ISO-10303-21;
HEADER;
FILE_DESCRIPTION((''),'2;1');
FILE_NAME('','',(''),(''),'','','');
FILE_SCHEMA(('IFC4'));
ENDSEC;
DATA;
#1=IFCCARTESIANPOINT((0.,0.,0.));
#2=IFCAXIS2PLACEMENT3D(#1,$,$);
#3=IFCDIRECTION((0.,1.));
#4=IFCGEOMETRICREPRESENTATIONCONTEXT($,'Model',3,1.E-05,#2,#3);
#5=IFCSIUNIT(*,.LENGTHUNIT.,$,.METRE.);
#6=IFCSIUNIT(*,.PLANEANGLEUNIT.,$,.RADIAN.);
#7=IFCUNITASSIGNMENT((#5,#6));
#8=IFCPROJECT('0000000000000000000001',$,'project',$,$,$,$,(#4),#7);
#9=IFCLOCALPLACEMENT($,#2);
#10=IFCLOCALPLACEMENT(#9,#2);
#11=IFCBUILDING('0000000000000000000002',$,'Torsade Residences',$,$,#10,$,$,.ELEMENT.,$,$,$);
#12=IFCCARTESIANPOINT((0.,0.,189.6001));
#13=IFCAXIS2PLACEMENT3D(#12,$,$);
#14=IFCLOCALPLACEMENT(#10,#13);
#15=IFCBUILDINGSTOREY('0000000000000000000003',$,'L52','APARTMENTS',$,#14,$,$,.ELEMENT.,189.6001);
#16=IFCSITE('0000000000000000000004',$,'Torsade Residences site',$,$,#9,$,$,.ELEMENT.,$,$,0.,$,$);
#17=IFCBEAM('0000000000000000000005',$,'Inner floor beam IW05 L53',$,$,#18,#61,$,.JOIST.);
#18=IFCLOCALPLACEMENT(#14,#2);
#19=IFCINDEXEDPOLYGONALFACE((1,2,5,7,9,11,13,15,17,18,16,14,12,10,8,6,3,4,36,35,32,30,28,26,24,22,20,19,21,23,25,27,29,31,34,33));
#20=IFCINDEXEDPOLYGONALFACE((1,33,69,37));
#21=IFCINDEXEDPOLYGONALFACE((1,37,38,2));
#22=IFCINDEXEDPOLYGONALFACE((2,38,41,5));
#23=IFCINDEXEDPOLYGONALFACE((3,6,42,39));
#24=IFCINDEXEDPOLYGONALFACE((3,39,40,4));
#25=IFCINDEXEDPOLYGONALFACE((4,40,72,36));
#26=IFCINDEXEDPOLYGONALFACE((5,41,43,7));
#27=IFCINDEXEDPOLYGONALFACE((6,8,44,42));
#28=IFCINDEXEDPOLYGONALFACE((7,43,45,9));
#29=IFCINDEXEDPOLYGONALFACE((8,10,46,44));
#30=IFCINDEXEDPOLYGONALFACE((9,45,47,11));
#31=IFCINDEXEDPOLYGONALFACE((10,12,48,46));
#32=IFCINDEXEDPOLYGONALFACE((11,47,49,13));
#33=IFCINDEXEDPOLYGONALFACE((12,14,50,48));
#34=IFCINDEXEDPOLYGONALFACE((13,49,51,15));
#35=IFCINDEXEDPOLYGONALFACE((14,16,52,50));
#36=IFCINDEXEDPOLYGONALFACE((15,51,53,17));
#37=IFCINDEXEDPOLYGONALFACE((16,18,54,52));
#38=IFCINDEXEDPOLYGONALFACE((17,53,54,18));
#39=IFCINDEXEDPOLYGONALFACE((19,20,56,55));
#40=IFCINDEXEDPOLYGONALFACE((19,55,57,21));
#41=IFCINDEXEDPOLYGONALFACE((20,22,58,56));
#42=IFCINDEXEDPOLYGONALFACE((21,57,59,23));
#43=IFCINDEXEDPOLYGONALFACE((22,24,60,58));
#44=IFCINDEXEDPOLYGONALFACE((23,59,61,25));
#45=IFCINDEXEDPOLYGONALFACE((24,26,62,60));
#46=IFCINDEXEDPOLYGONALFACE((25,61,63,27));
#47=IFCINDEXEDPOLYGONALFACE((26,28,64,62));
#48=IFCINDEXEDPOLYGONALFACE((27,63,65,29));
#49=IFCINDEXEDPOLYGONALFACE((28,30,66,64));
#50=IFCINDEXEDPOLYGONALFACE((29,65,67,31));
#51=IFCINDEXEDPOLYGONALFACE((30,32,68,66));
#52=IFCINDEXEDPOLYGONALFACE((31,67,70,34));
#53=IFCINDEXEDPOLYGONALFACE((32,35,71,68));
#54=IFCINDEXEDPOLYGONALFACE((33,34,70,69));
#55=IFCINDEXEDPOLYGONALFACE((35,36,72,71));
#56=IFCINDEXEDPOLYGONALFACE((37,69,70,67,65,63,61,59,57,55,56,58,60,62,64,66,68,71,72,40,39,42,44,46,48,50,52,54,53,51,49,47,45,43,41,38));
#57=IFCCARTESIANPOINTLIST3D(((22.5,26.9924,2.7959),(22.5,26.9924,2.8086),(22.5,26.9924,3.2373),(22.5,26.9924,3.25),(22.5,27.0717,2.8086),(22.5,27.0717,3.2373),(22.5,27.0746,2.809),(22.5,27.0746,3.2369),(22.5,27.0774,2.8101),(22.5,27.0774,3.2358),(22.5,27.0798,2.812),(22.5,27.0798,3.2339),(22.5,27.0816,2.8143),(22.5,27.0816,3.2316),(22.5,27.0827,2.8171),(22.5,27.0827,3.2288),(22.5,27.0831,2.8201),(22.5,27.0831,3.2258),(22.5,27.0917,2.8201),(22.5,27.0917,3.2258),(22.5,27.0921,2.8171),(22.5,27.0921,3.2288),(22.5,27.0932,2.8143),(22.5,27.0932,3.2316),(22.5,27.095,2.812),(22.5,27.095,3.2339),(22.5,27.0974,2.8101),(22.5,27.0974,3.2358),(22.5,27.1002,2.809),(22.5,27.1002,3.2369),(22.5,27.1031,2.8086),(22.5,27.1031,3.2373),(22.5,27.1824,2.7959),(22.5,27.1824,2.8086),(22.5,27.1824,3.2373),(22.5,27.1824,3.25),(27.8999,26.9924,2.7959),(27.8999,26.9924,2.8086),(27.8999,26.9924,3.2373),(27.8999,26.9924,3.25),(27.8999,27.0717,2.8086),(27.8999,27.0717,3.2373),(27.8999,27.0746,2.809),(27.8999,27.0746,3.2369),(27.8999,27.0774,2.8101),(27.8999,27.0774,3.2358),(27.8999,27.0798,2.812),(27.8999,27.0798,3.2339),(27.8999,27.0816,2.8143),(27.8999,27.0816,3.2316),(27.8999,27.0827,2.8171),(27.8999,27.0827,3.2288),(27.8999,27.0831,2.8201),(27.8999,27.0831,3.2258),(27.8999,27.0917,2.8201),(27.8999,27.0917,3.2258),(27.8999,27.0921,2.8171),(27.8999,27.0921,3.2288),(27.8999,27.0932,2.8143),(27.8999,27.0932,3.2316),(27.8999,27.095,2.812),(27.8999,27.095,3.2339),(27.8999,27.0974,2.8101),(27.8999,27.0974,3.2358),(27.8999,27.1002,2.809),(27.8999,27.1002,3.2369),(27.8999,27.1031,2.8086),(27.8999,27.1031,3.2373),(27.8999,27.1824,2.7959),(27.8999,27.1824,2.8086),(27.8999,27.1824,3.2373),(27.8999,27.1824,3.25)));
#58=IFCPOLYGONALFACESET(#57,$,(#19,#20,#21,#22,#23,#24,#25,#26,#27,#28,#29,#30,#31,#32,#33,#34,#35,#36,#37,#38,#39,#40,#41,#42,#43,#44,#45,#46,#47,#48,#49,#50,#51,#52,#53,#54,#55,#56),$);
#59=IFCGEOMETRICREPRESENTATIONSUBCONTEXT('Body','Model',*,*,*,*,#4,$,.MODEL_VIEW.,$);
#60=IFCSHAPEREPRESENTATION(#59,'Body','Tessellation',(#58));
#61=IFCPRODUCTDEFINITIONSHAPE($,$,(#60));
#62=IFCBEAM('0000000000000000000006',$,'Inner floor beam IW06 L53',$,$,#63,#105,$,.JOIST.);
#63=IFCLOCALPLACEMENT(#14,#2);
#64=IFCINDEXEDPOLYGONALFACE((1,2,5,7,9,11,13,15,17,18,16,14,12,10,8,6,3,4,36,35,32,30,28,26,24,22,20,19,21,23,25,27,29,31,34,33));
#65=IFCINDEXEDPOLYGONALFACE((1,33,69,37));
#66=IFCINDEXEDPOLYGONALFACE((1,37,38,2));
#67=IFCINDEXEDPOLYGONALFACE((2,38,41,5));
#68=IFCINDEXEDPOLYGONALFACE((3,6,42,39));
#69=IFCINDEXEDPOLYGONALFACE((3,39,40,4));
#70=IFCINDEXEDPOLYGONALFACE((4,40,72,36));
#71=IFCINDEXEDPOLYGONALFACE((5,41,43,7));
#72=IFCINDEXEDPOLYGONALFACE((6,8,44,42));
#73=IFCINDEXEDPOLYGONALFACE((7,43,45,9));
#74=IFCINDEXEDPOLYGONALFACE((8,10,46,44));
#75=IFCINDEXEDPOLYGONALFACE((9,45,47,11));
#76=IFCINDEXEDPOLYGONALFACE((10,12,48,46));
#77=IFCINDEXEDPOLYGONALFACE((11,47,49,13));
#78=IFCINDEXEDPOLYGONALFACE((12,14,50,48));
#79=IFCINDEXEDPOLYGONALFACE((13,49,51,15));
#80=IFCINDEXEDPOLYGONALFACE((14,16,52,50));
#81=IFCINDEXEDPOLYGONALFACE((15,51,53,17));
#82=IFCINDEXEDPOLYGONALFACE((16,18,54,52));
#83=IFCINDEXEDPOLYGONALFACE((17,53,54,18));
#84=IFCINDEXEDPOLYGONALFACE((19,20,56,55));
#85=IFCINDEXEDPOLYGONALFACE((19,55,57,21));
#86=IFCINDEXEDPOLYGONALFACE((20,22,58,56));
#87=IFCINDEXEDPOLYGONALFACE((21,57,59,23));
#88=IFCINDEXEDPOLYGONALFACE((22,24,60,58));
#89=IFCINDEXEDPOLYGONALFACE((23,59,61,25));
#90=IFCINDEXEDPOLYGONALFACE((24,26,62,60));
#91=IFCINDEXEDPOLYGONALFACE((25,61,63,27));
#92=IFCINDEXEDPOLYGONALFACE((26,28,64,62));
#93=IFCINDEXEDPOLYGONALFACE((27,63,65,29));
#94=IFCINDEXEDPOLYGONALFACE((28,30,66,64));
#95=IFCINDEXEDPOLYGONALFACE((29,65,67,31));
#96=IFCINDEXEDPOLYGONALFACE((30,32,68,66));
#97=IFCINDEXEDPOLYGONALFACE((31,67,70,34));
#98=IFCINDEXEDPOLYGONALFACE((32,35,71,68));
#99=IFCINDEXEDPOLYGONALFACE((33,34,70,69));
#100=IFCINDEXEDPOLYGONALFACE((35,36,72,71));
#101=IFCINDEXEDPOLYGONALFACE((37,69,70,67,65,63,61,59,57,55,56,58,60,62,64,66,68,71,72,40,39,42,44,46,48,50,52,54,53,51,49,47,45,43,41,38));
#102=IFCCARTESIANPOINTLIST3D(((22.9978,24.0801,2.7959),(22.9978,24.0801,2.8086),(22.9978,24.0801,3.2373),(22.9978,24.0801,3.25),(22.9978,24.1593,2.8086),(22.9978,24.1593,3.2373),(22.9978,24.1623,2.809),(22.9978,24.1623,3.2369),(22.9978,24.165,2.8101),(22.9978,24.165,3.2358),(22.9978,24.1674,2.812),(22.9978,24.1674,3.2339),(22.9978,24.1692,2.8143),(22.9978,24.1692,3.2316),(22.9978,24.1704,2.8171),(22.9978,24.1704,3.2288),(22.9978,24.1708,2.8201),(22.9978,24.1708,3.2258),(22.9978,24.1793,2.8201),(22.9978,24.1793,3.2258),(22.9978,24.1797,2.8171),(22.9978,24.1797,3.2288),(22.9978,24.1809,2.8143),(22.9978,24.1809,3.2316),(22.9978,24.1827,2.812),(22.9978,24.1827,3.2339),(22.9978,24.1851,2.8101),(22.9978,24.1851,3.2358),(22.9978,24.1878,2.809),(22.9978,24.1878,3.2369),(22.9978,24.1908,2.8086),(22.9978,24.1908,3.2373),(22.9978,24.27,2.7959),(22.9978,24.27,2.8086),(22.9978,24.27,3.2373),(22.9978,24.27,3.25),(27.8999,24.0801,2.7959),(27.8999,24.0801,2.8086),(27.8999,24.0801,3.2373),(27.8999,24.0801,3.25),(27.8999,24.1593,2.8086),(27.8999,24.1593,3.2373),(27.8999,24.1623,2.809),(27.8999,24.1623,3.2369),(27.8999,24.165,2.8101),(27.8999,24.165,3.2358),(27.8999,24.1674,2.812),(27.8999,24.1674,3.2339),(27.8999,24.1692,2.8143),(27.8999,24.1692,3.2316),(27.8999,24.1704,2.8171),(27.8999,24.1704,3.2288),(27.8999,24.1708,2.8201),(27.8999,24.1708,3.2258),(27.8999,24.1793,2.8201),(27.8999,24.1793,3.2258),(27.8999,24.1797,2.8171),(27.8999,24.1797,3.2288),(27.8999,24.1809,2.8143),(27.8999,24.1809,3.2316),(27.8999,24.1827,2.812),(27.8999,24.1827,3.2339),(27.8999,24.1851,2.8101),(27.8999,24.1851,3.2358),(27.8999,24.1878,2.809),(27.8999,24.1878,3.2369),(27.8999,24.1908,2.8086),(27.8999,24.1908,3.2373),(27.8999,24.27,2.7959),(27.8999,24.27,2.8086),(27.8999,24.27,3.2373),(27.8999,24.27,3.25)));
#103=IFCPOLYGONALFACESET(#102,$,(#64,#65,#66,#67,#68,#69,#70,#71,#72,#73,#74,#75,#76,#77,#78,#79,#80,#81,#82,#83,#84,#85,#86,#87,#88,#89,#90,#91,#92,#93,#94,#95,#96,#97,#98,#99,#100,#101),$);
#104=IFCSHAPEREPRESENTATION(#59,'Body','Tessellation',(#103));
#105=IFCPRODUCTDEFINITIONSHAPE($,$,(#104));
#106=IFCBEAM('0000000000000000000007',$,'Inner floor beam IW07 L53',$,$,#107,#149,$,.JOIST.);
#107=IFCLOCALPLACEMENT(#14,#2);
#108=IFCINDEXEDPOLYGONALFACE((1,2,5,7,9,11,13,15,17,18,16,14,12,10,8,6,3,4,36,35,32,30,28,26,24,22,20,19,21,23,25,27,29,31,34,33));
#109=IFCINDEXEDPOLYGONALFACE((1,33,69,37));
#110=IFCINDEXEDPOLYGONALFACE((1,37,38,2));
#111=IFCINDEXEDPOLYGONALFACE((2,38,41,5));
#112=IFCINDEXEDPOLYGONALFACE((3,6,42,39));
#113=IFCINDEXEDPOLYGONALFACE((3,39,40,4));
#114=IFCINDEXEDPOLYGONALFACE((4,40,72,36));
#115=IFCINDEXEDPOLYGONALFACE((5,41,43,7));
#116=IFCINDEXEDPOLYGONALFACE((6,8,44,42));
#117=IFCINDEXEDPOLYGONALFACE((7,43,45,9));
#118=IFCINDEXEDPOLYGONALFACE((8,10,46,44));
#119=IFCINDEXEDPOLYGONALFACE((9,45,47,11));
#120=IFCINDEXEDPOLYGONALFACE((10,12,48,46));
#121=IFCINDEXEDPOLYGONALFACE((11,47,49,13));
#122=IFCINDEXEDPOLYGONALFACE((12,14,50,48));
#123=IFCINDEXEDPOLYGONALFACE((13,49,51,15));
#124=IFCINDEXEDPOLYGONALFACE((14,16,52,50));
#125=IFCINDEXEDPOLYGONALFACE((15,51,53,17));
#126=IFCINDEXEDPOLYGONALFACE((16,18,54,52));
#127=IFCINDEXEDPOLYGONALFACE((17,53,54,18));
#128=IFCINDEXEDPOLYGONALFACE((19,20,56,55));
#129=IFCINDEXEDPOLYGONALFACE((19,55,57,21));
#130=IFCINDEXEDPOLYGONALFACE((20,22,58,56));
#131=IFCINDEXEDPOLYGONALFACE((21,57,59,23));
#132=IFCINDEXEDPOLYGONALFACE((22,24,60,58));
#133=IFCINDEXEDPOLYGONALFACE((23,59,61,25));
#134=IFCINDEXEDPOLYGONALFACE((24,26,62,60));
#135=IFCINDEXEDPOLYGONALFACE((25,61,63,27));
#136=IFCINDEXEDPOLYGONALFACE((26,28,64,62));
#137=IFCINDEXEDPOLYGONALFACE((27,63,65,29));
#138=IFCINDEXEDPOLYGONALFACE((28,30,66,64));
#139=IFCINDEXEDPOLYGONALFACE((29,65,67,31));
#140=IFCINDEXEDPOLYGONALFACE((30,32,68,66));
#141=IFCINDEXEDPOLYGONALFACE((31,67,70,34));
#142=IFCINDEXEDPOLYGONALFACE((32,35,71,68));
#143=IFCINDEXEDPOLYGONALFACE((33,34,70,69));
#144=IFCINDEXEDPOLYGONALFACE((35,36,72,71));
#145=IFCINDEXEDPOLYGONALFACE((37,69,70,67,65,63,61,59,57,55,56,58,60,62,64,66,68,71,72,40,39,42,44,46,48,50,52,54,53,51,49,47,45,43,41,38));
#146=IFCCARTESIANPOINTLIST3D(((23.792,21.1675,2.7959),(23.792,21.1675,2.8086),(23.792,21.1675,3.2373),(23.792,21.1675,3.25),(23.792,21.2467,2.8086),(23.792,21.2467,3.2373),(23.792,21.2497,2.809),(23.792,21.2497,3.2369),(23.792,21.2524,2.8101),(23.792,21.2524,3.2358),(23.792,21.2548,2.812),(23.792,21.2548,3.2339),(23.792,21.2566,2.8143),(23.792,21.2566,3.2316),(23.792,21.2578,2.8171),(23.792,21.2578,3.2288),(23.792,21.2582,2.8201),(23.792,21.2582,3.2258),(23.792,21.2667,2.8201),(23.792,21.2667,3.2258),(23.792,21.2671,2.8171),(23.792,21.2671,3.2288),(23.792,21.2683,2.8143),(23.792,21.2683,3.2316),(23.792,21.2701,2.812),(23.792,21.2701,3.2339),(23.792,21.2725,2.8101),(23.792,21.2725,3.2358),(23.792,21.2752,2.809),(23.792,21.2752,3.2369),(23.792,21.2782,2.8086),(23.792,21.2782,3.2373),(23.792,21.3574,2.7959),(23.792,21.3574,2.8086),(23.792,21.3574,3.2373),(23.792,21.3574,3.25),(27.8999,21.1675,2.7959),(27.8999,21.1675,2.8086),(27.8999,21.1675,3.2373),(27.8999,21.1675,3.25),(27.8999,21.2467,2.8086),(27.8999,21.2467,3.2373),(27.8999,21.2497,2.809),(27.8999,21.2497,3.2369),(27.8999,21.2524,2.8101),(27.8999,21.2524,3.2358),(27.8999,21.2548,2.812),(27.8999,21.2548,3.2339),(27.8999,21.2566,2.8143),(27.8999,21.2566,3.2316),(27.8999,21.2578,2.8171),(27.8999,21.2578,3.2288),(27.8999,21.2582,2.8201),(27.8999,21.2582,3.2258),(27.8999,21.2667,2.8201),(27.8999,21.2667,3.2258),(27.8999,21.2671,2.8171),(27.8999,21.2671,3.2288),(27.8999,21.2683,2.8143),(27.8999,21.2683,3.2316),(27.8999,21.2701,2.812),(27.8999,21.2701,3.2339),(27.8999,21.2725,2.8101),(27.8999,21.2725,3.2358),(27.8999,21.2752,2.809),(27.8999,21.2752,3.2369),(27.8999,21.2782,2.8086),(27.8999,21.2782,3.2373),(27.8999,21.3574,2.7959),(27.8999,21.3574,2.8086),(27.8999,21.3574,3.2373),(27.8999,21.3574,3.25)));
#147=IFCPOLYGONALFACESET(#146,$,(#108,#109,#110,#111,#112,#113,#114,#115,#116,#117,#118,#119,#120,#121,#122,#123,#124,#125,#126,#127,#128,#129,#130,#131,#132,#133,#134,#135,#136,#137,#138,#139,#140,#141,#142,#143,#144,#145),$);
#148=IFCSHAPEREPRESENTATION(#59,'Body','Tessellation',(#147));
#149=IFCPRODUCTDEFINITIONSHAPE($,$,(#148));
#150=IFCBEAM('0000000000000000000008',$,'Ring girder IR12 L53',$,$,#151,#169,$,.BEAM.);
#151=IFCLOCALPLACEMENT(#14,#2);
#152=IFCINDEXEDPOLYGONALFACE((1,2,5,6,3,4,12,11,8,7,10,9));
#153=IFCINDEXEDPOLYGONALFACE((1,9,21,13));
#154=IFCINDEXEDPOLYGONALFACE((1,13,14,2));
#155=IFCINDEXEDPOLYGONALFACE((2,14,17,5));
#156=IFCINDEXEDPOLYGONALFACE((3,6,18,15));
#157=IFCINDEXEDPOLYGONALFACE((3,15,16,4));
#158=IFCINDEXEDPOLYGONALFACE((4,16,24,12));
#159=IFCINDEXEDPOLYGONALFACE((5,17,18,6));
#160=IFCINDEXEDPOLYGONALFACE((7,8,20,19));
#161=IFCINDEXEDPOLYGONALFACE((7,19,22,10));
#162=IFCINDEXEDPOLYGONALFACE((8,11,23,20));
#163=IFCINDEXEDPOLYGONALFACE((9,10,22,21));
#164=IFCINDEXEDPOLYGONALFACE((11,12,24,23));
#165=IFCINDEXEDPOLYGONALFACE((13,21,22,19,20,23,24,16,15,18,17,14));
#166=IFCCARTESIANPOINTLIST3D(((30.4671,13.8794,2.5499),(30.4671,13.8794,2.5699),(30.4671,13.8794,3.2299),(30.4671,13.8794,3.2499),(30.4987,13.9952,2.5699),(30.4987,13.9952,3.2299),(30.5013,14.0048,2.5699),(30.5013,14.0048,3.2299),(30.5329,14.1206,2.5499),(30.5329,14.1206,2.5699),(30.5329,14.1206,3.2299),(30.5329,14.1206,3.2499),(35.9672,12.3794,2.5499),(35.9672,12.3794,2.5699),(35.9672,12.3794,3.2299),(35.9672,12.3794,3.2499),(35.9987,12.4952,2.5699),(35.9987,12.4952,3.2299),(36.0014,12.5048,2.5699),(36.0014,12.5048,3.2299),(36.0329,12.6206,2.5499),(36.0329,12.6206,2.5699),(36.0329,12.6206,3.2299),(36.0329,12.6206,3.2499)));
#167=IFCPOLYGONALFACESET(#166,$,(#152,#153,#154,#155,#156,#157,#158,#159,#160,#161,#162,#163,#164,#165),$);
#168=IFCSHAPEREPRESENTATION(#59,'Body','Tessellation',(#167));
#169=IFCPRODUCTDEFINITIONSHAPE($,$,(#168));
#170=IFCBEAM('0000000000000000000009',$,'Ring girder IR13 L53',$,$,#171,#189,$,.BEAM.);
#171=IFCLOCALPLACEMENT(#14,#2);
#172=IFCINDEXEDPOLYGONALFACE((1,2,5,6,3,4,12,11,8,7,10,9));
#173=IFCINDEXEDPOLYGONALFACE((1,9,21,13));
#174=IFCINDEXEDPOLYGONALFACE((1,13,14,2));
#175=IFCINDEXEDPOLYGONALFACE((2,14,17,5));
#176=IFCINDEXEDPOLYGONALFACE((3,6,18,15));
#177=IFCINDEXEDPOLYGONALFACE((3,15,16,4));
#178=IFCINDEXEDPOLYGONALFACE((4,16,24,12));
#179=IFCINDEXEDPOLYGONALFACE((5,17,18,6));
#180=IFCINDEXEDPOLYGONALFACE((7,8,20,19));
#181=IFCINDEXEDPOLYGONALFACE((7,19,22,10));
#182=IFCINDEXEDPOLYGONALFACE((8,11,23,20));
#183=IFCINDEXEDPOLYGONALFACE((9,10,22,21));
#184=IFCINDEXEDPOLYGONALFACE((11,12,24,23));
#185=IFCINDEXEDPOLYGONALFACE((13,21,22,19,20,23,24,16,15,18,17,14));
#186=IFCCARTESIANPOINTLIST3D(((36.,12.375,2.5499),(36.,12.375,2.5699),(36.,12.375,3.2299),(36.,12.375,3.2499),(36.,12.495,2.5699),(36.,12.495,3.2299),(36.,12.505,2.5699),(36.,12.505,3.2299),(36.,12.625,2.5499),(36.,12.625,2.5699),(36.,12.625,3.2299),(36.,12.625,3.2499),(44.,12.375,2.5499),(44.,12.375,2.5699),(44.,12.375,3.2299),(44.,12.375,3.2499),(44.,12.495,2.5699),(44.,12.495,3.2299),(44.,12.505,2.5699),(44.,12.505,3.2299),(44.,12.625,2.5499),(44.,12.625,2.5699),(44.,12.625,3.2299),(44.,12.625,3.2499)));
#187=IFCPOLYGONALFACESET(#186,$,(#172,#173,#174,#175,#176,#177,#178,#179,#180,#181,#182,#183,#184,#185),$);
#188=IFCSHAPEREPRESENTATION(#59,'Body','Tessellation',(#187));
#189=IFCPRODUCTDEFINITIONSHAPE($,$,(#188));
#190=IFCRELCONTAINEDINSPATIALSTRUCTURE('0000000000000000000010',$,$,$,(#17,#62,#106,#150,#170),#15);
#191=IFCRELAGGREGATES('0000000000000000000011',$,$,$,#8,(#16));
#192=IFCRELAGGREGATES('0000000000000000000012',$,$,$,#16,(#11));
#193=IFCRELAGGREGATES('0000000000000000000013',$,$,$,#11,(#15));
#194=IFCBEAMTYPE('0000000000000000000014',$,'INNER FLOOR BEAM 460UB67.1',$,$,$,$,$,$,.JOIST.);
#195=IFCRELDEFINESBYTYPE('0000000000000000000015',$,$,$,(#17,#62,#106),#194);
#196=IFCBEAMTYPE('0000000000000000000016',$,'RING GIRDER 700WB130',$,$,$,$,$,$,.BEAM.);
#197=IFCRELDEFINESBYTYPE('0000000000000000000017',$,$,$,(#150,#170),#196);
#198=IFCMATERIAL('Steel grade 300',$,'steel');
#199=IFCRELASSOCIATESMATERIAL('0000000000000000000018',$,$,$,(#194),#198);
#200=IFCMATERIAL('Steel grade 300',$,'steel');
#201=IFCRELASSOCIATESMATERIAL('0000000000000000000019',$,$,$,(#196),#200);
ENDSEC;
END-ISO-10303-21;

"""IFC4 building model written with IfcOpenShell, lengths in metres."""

from ifc_helpers import new_model, si_unit, direction, frame, origin, origin_2d, place, context, subcontext, project, spatial, i_section, extrude, material, material_profile, profile_set, type_object, element, save


model = new_model("IFC4")

# Units and contexts
model_context = context("Model", 3, precision=1e-05, world=origin(), true_north=direction((0.0, 1.0)))
body_context = subcontext(model_context, "Body", "Model", "MODEL_VIEW")
ifc_project = project(units=[si_unit("LENGTHUNIT", "METRE"), si_unit("PLANEANGLEUNIT", "RADIAN")], contexts=[model_context])

# Site, building, storey
site_placement = place(None, origin())
site = spatial("IfcSite", under=ifc_project, at=site_placement, Name="Torsade Residences site", CompositionType="ELEMENT", RefElevation=0.0)
building_placement = place(site_placement, origin())
building = spatial("IfcBuilding", under=site, at=building_placement, Name="Torsade Residences", CompositionType="ELEMENT")
storey_placement = place(building_placement, frame((0.0, 0.0, 189.6001)))
storey = spatial("IfcBuildingStorey", under=building, at=storey_placement, Name="L52", Description="APARTMENTS", CompositionType="ELEMENT", Elevation=189.6001)

# Beams
ifc_material_1 = material(Name="Steel grade 300", Category="steel")
ifc_material_profile_1 = material_profile(ifc_material_1, i_section(OverallWidth=0.1899, OverallDepth=0.4541, WebThickness=0.0085, FlangeThickness=0.0127, FilletRadius=0.0115, at=origin_2d()), Name="460UB67.1")
ifc_profile_set_1 = profile_set([ifc_material_profile_1], Name="Steel grade 300")
beam_type_1 = type_object("IfcBeamType", Name="INNER FLOOR BEAM 460UB67.1", PredefinedType="JOIST", material=ifc_profile_set_1)
beam_1_placement = place(storey_placement, frame((27.8999, 27.0874, 3.0229), z_axis=(-1.0, 0.0, 0.0), x_axis=(0.0, -1.0, 0.0)))
element("IfcBeam", 1, at=beam_1_placement, inside=storey, type_object=beam_type_1, Name="Inner floor beam IW05 L53", PredefinedType="JOIST", context=body_context, shape_type="SweptSolid", body=[
    extrude(i_section(OverallWidth=0.1899, OverallDepth=0.4541, WebThickness=0.0085, FlangeThickness=0.0127, FilletRadius=0.0115, at=origin_2d()), origin(), (0.0, 0.0, 1.0), 5.3999),
])
beam_2_placement = place(storey_placement, frame((27.8999, 24.175, 3.0229), z_axis=(-1.0, 0.0, 0.0), x_axis=(0.0, -1.0, 0.0)))
element("IfcBeam", 2, at=beam_2_placement, inside=storey, type_object=beam_type_1, Name="Inner floor beam IW06 L53", PredefinedType="JOIST", context=body_context, shape_type="SweptSolid", body=[
    extrude(i_section(OverallWidth=0.1899, OverallDepth=0.4541, WebThickness=0.0085, FlangeThickness=0.0127, FilletRadius=0.0115, at=origin_2d()), origin(), (0.0, 0.0, 1.0), 4.9021),
])
beam_3_placement = place(storey_placement, frame((27.8999, 21.2625, 3.0229), z_axis=(-1.0, 0.0, 0.0), x_axis=(0.0, -1.0, 0.0)))
element("IfcBeam", 3, at=beam_3_placement, inside=storey, type_object=beam_type_1, Name="Inner floor beam IW07 L53", PredefinedType="JOIST", context=body_context, shape_type="SweptSolid", body=[
    extrude(i_section(OverallWidth=0.1899, OverallDepth=0.4541, WebThickness=0.0085, FlangeThickness=0.0127, FilletRadius=0.0115, at=origin_2d()), origin(), (0.0, 0.0, 1.0), 4.1079),
])
ifc_material_2 = material(Name="Steel grade 300", Category="steel")
ifc_material_profile_2 = material_profile(ifc_material_2, i_section(OverallWidth=0.25, OverallDepth=0.7, WebThickness=0.01, FlangeThickness=0.02, at=origin_2d()), Name="700WB130")
ifc_profile_set_2 = profile_set([ifc_material_profile_2], Name="Steel grade 300")
beam_type_2 = type_object("IfcBeamType", Name="RING GIRDER 700WB130", PredefinedType="BEAM", material=ifc_profile_set_2)
beam_4_placement = place(storey_placement, frame((30.5, 14.0, 2.8999), z_axis=(0.964764, -0.263117, 0.0), x_axis=(0.263117, 0.964764, 0.0)))
element("IfcBeam", 4, at=beam_4_placement, inside=storey, type_object=beam_type_2, Name="Ring girder IR12 L53", PredefinedType="BEAM", context=body_context, shape_type="SweptSolid", body=[
    extrude(i_section(OverallWidth=0.25, OverallDepth=0.7, WebThickness=0.01, FlangeThickness=0.02, at=origin_2d()), origin(), (0.0, 0.0, 1.0), 5.7009),
])
beam_5_placement = place(storey_placement, frame((36.0, 12.5, 2.8999), z_axis=(1.0, 0.0, 0.0), x_axis=(0.0, 1.0, 0.0)))
element("IfcBeam", 5, at=beam_5_placement, inside=storey, type_object=beam_type_2, Name="Ring girder IR13 L53", PredefinedType="BEAM", context=body_context, shape_type="SweptSolid", body=[
    extrude(i_section(OverallWidth=0.25, OverallDepth=0.7, WebThickness=0.01, FlangeThickness=0.02, at=origin_2d()), origin(), (0.0, 0.0, 1.0), 8.0),
])

save(model, "model.ifc")
